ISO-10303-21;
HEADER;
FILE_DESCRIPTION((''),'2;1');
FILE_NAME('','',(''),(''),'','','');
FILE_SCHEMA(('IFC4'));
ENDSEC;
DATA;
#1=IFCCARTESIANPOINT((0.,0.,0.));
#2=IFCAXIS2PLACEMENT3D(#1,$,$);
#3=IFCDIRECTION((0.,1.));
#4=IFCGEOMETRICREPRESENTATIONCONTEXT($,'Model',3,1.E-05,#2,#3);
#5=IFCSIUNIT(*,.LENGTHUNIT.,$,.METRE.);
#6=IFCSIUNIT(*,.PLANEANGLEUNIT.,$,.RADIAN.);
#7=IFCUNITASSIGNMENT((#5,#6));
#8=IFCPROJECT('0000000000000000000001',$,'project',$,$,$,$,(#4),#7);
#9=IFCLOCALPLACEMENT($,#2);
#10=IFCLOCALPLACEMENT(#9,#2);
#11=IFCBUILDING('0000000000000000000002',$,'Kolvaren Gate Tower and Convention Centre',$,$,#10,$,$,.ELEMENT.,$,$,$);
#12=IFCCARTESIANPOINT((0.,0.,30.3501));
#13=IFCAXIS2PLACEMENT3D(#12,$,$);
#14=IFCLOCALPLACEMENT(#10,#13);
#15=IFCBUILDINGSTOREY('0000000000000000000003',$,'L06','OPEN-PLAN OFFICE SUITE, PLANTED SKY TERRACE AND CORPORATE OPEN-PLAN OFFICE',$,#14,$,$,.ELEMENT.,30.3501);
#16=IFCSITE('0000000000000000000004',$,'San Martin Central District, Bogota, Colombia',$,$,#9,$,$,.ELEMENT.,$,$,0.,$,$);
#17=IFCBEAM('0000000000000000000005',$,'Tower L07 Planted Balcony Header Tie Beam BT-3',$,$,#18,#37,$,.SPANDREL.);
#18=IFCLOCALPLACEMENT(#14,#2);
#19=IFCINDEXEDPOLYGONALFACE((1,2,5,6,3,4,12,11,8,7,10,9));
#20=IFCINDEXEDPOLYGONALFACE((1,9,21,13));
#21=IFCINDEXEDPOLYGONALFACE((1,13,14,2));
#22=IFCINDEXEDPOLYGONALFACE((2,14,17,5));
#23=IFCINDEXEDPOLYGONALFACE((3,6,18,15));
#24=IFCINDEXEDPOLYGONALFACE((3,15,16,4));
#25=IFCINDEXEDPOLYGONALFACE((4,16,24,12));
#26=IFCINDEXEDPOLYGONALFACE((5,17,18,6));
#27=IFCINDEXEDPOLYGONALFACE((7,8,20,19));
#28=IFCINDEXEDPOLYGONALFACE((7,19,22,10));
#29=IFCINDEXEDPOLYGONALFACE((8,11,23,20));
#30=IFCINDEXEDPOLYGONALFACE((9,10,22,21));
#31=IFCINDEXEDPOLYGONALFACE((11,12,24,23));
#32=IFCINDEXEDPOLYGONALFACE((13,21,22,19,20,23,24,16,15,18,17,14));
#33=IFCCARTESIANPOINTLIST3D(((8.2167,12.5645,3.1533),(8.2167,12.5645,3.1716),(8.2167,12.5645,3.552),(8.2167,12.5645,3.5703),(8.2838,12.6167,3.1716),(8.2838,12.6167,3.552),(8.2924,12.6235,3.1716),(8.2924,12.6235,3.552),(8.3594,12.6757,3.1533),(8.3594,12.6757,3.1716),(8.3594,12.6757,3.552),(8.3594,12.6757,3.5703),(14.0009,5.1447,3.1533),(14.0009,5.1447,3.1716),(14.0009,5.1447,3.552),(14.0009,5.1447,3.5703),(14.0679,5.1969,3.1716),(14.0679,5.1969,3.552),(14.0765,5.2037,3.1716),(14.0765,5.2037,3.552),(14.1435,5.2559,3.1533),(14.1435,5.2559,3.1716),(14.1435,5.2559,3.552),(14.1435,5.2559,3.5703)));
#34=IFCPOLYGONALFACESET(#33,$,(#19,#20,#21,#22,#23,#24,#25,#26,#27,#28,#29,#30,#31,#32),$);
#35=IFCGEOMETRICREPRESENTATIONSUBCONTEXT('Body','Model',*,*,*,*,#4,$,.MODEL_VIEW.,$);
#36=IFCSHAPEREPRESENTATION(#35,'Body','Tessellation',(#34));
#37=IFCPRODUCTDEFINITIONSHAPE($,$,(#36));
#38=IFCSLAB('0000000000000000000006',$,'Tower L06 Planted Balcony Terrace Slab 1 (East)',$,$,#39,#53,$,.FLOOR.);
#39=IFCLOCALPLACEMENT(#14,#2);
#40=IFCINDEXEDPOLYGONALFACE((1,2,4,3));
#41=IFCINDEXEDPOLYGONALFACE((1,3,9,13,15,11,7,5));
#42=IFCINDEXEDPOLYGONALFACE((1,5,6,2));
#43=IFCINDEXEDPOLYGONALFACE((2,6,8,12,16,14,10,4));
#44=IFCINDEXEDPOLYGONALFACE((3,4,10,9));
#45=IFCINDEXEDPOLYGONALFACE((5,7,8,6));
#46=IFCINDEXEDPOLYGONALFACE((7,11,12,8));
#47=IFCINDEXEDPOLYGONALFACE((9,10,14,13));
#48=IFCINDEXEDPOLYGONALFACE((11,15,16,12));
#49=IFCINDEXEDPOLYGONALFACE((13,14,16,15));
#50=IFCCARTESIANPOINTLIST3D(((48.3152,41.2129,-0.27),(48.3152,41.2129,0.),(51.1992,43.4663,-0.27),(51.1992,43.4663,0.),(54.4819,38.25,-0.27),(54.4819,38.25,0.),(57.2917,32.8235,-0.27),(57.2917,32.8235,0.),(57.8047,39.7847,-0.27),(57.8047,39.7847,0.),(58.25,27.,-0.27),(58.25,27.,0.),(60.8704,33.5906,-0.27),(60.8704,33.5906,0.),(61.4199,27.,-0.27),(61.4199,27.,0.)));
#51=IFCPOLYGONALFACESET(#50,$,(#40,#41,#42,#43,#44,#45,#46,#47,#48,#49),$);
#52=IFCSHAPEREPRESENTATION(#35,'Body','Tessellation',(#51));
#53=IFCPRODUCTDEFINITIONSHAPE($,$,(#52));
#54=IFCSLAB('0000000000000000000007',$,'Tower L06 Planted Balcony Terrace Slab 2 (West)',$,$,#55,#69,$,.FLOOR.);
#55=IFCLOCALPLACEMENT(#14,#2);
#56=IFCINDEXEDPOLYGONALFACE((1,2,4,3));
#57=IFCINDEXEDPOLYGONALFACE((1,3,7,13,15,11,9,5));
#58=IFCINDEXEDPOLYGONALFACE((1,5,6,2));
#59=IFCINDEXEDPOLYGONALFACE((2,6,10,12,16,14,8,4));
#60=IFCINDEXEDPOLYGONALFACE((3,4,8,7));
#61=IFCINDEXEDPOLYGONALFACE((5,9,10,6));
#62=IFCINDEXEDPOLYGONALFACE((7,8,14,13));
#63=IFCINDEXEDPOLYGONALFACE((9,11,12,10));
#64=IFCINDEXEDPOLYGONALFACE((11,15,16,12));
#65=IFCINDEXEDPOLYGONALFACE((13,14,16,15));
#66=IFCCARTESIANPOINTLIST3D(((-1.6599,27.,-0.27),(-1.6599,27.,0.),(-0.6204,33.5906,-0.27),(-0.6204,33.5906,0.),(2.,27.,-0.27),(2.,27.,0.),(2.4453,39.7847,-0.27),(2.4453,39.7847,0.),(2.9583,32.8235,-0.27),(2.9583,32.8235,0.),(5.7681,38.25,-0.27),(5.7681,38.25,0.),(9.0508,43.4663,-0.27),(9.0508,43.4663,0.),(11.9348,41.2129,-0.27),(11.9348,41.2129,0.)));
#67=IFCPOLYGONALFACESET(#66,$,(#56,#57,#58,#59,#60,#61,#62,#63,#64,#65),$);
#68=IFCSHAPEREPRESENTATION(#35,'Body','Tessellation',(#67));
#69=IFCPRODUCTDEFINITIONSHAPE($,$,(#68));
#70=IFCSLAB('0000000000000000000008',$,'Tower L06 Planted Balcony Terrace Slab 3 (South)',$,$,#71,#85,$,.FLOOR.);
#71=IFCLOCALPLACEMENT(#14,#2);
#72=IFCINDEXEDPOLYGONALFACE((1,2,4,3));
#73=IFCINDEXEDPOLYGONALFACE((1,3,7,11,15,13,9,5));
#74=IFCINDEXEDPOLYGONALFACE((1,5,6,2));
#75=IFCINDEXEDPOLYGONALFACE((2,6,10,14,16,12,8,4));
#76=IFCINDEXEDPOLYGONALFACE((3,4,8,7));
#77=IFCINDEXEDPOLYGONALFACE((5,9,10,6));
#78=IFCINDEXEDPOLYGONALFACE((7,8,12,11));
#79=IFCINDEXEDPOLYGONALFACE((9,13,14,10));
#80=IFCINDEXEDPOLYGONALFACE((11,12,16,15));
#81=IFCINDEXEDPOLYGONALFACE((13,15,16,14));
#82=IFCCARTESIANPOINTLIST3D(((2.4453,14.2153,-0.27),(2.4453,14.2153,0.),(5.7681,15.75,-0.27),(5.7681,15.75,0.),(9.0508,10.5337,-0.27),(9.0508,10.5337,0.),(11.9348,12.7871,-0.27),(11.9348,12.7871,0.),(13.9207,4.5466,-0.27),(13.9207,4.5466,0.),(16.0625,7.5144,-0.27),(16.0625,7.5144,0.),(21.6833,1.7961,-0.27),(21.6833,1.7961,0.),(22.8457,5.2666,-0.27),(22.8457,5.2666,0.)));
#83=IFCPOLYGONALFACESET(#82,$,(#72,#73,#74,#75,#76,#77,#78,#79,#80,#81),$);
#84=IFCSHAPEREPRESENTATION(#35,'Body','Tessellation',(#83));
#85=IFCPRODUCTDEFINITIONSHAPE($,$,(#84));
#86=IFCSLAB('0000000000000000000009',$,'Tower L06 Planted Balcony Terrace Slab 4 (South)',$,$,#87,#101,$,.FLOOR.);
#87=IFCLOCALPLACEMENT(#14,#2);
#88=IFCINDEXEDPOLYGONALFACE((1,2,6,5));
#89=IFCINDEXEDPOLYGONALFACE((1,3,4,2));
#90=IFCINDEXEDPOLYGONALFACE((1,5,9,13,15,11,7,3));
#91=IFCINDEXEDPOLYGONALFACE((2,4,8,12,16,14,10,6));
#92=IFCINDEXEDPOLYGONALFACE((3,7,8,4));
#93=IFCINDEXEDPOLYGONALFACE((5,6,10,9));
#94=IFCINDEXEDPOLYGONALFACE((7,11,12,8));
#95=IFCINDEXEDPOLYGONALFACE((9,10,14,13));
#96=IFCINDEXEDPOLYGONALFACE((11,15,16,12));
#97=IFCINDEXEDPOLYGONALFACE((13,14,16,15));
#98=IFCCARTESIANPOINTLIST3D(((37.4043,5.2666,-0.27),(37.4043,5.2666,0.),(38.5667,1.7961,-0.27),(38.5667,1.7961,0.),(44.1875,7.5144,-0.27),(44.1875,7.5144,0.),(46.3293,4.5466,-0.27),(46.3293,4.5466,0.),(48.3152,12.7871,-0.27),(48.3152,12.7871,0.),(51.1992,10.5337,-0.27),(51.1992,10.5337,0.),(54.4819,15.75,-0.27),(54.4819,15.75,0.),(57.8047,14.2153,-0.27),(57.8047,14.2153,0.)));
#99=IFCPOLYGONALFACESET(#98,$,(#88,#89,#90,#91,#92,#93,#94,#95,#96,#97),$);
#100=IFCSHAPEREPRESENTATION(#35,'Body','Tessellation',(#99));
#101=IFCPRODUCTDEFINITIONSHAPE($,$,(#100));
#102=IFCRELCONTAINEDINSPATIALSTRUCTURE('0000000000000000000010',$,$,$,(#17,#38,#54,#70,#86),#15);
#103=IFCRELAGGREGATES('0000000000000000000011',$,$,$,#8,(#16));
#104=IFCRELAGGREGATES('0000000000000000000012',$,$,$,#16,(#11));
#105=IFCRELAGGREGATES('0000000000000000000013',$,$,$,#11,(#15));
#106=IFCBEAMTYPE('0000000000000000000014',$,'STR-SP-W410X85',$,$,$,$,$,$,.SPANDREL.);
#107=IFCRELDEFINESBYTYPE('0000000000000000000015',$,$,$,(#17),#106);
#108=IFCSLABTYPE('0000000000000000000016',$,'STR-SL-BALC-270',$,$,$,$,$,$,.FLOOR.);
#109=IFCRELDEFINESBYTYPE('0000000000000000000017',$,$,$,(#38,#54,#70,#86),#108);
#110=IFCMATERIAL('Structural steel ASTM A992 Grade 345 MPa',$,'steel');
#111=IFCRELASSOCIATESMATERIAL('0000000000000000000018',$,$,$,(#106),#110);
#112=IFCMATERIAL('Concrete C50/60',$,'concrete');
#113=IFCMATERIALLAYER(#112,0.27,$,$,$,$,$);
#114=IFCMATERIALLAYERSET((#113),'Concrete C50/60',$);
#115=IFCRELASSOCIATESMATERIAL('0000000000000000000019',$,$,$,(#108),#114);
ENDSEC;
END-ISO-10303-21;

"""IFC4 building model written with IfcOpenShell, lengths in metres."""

from ifc_helpers import new_model, si_unit, direction, frame, origin, origin_2d, place, context, subcontext, project, spatial, polyline, i_section, outline, extrude, material, layer, layer_set, material_profile, profile_set, type_object, element, save


model = new_model("IFC4")

# Units and contexts
model_context = context("Model", 3, precision=1e-05, world=origin(), true_north=direction((0.0, 1.0)))
body_context = subcontext(model_context, "Body", "Model", "MODEL_VIEW")
ifc_project = project(units=[si_unit("LENGTHUNIT", "METRE"), si_unit("PLANEANGLEUNIT", "RADIAN")], contexts=[model_context])

# Site, building, storey
site_placement = place(None, origin())
site = spatial("IfcSite", under=ifc_project, at=site_placement, Name="San Martin Central District, Bogota, Colombia", CompositionType="ELEMENT", RefElevation=0.0)
building_placement = place(site_placement, origin())
building = spatial("IfcBuilding", under=site, at=building_placement, Name="Kolvaren Gate Tower and Convention Centre", CompositionType="ELEMENT")
storey_placement = place(building_placement, frame((0.0, 0.0, 30.3501)))
storey = spatial("IfcBuildingStorey", under=building, at=storey_placement, Name="L06", Description="OPEN-PLAN OFFICE SUITE, PLANTED SKY TERRACE AND CORPORATE OPEN-PLAN OFFICE", CompositionType="ELEMENT", Elevation=30.3501)

# Beam
ifc_material_1 = material(Name="Structural steel ASTM A992 Grade 345 MPa", Category="steel")
ifc_material_profile = material_profile(ifc_material_1, i_section(OverallWidth=0.1809, OverallDepth=0.417, WebThickness=0.011, FlangeThickness=0.0183, at=origin_2d()), Name="W410X85")
ifc_profile_set = profile_set([ifc_material_profile], Name="Structural steel ASTM A992 Grade 345 MPa")
beam_type = type_object("IfcBeamType", Name="STR-SP-W410X85", PredefinedType="SPANDREL", material=ifc_profile_set)
beam_placement = place(storey_placement, frame((8.2881, 12.6201, 3.3618), z_axis=(0.61481, -0.788675, 0.0), x_axis=(0.788675, 0.61481, 0.0)))
element("IfcBeam", 1, at=beam_placement, inside=storey, type_object=beam_type, Name="Tower L07 Planted Balcony Header Tie Beam BT-3", PredefinedType="SPANDREL", context=body_context, shape_type="SweptSolid", body=[
    extrude(i_section(OverallWidth=0.1809, OverallDepth=0.417, WebThickness=0.011, FlangeThickness=0.0183, at=origin_2d()), origin(), (0.0, 0.0, 1.0), 9.408),
])

# Slabs
ifc_material_2 = material(Name="Concrete C50/60", Category="concrete")
ifc_layer_1 = layer(ifc_material_2, 0.27)
ifc_layer_set_1 = layer_set([ifc_layer_1], Name="Concrete C50/60")
slab_type_1 = type_object("IfcSlabType", Name="STR-SL-BALC-270", PredefinedType="FLOOR", material=ifc_layer_set_1)
slab_1_placement = place(storey_placement, frame((0.0, 0.0, -0.27)))
element("IfcSlab", 2, at=slab_1_placement, inside=storey, type_object=slab_type_1, Name="Tower L06 Planted Balcony Terrace Slab 1 (East)", PredefinedType="FLOOR", context=body_context, shape_type="SweptSolid", body=[
    extrude(outline(polyline([(58.25, 27.0), (57.2917, 32.8235), (54.4819, 38.25), (48.3152, 41.2129), (51.1992, 43.4663), (57.8047, 39.7847), (60.8704, 33.5906), (61.4199, 27.0), (58.25, 27.0)])), origin(), (0.0, 0.0, 1.0), 0.27),
])
slab_2_placement = place(storey_placement, frame((0.0, 0.0, -0.27)))
element("IfcSlab", 3, at=slab_2_placement, inside=storey, type_object=slab_type_1, Name="Tower L06 Planted Balcony Terrace Slab 2 (West)", PredefinedType="FLOOR", context=body_context, shape_type="SweptSolid", body=[
    extrude(outline(polyline([(11.9348, 41.2129), (5.7681, 38.25), (2.9583, 32.8235), (2.0, 27.0), (-1.6599, 27.0), (-0.6204, 33.5906), (2.4453, 39.7847), (9.0508, 43.4663), (11.9348, 41.2129)])), origin(), (0.0, 0.0, 1.0), 0.27),
])
slab_3_placement = place(storey_placement, frame((0.0, 0.0, -0.27)))
element("IfcSlab", 4, at=slab_3_placement, inside=storey, type_object=slab_type_1, Name="Tower L06 Planted Balcony Terrace Slab 3 (South)", PredefinedType="FLOOR", context=body_context, shape_type="SweptSolid", body=[
    extrude(outline(polyline([(5.7681, 15.75), (11.9348, 12.7871), (16.0625, 7.5144), (22.8457, 5.2666), (21.6833, 1.7961), (13.9207, 4.5466), (9.0508, 10.5337), (2.4453, 14.2153), (5.7681, 15.75)])), origin(), (0.0, 0.0, 1.0), 0.27),
])
slab_4_placement = place(storey_placement, frame((0.0, 0.0, -0.27)))
element("IfcSlab", 5, at=slab_4_placement, inside=storey, type_object=slab_type_1, Name="Tower L06 Planted Balcony Terrace Slab 4 (South)", PredefinedType="FLOOR", context=body_context, shape_type="SweptSolid", body=[
    extrude(outline(polyline([(37.4043, 5.2666), (44.1875, 7.5144), (48.3152, 12.7871), (54.4819, 15.75), (57.8047, 14.2153), (51.1992, 10.5337), (46.3293, 4.5466), (38.5667, 1.7961), (37.4043, 5.2666)])), origin(), (0.0, 0.0, 1.0), 0.27),
])

save(model, "model.ifc")
